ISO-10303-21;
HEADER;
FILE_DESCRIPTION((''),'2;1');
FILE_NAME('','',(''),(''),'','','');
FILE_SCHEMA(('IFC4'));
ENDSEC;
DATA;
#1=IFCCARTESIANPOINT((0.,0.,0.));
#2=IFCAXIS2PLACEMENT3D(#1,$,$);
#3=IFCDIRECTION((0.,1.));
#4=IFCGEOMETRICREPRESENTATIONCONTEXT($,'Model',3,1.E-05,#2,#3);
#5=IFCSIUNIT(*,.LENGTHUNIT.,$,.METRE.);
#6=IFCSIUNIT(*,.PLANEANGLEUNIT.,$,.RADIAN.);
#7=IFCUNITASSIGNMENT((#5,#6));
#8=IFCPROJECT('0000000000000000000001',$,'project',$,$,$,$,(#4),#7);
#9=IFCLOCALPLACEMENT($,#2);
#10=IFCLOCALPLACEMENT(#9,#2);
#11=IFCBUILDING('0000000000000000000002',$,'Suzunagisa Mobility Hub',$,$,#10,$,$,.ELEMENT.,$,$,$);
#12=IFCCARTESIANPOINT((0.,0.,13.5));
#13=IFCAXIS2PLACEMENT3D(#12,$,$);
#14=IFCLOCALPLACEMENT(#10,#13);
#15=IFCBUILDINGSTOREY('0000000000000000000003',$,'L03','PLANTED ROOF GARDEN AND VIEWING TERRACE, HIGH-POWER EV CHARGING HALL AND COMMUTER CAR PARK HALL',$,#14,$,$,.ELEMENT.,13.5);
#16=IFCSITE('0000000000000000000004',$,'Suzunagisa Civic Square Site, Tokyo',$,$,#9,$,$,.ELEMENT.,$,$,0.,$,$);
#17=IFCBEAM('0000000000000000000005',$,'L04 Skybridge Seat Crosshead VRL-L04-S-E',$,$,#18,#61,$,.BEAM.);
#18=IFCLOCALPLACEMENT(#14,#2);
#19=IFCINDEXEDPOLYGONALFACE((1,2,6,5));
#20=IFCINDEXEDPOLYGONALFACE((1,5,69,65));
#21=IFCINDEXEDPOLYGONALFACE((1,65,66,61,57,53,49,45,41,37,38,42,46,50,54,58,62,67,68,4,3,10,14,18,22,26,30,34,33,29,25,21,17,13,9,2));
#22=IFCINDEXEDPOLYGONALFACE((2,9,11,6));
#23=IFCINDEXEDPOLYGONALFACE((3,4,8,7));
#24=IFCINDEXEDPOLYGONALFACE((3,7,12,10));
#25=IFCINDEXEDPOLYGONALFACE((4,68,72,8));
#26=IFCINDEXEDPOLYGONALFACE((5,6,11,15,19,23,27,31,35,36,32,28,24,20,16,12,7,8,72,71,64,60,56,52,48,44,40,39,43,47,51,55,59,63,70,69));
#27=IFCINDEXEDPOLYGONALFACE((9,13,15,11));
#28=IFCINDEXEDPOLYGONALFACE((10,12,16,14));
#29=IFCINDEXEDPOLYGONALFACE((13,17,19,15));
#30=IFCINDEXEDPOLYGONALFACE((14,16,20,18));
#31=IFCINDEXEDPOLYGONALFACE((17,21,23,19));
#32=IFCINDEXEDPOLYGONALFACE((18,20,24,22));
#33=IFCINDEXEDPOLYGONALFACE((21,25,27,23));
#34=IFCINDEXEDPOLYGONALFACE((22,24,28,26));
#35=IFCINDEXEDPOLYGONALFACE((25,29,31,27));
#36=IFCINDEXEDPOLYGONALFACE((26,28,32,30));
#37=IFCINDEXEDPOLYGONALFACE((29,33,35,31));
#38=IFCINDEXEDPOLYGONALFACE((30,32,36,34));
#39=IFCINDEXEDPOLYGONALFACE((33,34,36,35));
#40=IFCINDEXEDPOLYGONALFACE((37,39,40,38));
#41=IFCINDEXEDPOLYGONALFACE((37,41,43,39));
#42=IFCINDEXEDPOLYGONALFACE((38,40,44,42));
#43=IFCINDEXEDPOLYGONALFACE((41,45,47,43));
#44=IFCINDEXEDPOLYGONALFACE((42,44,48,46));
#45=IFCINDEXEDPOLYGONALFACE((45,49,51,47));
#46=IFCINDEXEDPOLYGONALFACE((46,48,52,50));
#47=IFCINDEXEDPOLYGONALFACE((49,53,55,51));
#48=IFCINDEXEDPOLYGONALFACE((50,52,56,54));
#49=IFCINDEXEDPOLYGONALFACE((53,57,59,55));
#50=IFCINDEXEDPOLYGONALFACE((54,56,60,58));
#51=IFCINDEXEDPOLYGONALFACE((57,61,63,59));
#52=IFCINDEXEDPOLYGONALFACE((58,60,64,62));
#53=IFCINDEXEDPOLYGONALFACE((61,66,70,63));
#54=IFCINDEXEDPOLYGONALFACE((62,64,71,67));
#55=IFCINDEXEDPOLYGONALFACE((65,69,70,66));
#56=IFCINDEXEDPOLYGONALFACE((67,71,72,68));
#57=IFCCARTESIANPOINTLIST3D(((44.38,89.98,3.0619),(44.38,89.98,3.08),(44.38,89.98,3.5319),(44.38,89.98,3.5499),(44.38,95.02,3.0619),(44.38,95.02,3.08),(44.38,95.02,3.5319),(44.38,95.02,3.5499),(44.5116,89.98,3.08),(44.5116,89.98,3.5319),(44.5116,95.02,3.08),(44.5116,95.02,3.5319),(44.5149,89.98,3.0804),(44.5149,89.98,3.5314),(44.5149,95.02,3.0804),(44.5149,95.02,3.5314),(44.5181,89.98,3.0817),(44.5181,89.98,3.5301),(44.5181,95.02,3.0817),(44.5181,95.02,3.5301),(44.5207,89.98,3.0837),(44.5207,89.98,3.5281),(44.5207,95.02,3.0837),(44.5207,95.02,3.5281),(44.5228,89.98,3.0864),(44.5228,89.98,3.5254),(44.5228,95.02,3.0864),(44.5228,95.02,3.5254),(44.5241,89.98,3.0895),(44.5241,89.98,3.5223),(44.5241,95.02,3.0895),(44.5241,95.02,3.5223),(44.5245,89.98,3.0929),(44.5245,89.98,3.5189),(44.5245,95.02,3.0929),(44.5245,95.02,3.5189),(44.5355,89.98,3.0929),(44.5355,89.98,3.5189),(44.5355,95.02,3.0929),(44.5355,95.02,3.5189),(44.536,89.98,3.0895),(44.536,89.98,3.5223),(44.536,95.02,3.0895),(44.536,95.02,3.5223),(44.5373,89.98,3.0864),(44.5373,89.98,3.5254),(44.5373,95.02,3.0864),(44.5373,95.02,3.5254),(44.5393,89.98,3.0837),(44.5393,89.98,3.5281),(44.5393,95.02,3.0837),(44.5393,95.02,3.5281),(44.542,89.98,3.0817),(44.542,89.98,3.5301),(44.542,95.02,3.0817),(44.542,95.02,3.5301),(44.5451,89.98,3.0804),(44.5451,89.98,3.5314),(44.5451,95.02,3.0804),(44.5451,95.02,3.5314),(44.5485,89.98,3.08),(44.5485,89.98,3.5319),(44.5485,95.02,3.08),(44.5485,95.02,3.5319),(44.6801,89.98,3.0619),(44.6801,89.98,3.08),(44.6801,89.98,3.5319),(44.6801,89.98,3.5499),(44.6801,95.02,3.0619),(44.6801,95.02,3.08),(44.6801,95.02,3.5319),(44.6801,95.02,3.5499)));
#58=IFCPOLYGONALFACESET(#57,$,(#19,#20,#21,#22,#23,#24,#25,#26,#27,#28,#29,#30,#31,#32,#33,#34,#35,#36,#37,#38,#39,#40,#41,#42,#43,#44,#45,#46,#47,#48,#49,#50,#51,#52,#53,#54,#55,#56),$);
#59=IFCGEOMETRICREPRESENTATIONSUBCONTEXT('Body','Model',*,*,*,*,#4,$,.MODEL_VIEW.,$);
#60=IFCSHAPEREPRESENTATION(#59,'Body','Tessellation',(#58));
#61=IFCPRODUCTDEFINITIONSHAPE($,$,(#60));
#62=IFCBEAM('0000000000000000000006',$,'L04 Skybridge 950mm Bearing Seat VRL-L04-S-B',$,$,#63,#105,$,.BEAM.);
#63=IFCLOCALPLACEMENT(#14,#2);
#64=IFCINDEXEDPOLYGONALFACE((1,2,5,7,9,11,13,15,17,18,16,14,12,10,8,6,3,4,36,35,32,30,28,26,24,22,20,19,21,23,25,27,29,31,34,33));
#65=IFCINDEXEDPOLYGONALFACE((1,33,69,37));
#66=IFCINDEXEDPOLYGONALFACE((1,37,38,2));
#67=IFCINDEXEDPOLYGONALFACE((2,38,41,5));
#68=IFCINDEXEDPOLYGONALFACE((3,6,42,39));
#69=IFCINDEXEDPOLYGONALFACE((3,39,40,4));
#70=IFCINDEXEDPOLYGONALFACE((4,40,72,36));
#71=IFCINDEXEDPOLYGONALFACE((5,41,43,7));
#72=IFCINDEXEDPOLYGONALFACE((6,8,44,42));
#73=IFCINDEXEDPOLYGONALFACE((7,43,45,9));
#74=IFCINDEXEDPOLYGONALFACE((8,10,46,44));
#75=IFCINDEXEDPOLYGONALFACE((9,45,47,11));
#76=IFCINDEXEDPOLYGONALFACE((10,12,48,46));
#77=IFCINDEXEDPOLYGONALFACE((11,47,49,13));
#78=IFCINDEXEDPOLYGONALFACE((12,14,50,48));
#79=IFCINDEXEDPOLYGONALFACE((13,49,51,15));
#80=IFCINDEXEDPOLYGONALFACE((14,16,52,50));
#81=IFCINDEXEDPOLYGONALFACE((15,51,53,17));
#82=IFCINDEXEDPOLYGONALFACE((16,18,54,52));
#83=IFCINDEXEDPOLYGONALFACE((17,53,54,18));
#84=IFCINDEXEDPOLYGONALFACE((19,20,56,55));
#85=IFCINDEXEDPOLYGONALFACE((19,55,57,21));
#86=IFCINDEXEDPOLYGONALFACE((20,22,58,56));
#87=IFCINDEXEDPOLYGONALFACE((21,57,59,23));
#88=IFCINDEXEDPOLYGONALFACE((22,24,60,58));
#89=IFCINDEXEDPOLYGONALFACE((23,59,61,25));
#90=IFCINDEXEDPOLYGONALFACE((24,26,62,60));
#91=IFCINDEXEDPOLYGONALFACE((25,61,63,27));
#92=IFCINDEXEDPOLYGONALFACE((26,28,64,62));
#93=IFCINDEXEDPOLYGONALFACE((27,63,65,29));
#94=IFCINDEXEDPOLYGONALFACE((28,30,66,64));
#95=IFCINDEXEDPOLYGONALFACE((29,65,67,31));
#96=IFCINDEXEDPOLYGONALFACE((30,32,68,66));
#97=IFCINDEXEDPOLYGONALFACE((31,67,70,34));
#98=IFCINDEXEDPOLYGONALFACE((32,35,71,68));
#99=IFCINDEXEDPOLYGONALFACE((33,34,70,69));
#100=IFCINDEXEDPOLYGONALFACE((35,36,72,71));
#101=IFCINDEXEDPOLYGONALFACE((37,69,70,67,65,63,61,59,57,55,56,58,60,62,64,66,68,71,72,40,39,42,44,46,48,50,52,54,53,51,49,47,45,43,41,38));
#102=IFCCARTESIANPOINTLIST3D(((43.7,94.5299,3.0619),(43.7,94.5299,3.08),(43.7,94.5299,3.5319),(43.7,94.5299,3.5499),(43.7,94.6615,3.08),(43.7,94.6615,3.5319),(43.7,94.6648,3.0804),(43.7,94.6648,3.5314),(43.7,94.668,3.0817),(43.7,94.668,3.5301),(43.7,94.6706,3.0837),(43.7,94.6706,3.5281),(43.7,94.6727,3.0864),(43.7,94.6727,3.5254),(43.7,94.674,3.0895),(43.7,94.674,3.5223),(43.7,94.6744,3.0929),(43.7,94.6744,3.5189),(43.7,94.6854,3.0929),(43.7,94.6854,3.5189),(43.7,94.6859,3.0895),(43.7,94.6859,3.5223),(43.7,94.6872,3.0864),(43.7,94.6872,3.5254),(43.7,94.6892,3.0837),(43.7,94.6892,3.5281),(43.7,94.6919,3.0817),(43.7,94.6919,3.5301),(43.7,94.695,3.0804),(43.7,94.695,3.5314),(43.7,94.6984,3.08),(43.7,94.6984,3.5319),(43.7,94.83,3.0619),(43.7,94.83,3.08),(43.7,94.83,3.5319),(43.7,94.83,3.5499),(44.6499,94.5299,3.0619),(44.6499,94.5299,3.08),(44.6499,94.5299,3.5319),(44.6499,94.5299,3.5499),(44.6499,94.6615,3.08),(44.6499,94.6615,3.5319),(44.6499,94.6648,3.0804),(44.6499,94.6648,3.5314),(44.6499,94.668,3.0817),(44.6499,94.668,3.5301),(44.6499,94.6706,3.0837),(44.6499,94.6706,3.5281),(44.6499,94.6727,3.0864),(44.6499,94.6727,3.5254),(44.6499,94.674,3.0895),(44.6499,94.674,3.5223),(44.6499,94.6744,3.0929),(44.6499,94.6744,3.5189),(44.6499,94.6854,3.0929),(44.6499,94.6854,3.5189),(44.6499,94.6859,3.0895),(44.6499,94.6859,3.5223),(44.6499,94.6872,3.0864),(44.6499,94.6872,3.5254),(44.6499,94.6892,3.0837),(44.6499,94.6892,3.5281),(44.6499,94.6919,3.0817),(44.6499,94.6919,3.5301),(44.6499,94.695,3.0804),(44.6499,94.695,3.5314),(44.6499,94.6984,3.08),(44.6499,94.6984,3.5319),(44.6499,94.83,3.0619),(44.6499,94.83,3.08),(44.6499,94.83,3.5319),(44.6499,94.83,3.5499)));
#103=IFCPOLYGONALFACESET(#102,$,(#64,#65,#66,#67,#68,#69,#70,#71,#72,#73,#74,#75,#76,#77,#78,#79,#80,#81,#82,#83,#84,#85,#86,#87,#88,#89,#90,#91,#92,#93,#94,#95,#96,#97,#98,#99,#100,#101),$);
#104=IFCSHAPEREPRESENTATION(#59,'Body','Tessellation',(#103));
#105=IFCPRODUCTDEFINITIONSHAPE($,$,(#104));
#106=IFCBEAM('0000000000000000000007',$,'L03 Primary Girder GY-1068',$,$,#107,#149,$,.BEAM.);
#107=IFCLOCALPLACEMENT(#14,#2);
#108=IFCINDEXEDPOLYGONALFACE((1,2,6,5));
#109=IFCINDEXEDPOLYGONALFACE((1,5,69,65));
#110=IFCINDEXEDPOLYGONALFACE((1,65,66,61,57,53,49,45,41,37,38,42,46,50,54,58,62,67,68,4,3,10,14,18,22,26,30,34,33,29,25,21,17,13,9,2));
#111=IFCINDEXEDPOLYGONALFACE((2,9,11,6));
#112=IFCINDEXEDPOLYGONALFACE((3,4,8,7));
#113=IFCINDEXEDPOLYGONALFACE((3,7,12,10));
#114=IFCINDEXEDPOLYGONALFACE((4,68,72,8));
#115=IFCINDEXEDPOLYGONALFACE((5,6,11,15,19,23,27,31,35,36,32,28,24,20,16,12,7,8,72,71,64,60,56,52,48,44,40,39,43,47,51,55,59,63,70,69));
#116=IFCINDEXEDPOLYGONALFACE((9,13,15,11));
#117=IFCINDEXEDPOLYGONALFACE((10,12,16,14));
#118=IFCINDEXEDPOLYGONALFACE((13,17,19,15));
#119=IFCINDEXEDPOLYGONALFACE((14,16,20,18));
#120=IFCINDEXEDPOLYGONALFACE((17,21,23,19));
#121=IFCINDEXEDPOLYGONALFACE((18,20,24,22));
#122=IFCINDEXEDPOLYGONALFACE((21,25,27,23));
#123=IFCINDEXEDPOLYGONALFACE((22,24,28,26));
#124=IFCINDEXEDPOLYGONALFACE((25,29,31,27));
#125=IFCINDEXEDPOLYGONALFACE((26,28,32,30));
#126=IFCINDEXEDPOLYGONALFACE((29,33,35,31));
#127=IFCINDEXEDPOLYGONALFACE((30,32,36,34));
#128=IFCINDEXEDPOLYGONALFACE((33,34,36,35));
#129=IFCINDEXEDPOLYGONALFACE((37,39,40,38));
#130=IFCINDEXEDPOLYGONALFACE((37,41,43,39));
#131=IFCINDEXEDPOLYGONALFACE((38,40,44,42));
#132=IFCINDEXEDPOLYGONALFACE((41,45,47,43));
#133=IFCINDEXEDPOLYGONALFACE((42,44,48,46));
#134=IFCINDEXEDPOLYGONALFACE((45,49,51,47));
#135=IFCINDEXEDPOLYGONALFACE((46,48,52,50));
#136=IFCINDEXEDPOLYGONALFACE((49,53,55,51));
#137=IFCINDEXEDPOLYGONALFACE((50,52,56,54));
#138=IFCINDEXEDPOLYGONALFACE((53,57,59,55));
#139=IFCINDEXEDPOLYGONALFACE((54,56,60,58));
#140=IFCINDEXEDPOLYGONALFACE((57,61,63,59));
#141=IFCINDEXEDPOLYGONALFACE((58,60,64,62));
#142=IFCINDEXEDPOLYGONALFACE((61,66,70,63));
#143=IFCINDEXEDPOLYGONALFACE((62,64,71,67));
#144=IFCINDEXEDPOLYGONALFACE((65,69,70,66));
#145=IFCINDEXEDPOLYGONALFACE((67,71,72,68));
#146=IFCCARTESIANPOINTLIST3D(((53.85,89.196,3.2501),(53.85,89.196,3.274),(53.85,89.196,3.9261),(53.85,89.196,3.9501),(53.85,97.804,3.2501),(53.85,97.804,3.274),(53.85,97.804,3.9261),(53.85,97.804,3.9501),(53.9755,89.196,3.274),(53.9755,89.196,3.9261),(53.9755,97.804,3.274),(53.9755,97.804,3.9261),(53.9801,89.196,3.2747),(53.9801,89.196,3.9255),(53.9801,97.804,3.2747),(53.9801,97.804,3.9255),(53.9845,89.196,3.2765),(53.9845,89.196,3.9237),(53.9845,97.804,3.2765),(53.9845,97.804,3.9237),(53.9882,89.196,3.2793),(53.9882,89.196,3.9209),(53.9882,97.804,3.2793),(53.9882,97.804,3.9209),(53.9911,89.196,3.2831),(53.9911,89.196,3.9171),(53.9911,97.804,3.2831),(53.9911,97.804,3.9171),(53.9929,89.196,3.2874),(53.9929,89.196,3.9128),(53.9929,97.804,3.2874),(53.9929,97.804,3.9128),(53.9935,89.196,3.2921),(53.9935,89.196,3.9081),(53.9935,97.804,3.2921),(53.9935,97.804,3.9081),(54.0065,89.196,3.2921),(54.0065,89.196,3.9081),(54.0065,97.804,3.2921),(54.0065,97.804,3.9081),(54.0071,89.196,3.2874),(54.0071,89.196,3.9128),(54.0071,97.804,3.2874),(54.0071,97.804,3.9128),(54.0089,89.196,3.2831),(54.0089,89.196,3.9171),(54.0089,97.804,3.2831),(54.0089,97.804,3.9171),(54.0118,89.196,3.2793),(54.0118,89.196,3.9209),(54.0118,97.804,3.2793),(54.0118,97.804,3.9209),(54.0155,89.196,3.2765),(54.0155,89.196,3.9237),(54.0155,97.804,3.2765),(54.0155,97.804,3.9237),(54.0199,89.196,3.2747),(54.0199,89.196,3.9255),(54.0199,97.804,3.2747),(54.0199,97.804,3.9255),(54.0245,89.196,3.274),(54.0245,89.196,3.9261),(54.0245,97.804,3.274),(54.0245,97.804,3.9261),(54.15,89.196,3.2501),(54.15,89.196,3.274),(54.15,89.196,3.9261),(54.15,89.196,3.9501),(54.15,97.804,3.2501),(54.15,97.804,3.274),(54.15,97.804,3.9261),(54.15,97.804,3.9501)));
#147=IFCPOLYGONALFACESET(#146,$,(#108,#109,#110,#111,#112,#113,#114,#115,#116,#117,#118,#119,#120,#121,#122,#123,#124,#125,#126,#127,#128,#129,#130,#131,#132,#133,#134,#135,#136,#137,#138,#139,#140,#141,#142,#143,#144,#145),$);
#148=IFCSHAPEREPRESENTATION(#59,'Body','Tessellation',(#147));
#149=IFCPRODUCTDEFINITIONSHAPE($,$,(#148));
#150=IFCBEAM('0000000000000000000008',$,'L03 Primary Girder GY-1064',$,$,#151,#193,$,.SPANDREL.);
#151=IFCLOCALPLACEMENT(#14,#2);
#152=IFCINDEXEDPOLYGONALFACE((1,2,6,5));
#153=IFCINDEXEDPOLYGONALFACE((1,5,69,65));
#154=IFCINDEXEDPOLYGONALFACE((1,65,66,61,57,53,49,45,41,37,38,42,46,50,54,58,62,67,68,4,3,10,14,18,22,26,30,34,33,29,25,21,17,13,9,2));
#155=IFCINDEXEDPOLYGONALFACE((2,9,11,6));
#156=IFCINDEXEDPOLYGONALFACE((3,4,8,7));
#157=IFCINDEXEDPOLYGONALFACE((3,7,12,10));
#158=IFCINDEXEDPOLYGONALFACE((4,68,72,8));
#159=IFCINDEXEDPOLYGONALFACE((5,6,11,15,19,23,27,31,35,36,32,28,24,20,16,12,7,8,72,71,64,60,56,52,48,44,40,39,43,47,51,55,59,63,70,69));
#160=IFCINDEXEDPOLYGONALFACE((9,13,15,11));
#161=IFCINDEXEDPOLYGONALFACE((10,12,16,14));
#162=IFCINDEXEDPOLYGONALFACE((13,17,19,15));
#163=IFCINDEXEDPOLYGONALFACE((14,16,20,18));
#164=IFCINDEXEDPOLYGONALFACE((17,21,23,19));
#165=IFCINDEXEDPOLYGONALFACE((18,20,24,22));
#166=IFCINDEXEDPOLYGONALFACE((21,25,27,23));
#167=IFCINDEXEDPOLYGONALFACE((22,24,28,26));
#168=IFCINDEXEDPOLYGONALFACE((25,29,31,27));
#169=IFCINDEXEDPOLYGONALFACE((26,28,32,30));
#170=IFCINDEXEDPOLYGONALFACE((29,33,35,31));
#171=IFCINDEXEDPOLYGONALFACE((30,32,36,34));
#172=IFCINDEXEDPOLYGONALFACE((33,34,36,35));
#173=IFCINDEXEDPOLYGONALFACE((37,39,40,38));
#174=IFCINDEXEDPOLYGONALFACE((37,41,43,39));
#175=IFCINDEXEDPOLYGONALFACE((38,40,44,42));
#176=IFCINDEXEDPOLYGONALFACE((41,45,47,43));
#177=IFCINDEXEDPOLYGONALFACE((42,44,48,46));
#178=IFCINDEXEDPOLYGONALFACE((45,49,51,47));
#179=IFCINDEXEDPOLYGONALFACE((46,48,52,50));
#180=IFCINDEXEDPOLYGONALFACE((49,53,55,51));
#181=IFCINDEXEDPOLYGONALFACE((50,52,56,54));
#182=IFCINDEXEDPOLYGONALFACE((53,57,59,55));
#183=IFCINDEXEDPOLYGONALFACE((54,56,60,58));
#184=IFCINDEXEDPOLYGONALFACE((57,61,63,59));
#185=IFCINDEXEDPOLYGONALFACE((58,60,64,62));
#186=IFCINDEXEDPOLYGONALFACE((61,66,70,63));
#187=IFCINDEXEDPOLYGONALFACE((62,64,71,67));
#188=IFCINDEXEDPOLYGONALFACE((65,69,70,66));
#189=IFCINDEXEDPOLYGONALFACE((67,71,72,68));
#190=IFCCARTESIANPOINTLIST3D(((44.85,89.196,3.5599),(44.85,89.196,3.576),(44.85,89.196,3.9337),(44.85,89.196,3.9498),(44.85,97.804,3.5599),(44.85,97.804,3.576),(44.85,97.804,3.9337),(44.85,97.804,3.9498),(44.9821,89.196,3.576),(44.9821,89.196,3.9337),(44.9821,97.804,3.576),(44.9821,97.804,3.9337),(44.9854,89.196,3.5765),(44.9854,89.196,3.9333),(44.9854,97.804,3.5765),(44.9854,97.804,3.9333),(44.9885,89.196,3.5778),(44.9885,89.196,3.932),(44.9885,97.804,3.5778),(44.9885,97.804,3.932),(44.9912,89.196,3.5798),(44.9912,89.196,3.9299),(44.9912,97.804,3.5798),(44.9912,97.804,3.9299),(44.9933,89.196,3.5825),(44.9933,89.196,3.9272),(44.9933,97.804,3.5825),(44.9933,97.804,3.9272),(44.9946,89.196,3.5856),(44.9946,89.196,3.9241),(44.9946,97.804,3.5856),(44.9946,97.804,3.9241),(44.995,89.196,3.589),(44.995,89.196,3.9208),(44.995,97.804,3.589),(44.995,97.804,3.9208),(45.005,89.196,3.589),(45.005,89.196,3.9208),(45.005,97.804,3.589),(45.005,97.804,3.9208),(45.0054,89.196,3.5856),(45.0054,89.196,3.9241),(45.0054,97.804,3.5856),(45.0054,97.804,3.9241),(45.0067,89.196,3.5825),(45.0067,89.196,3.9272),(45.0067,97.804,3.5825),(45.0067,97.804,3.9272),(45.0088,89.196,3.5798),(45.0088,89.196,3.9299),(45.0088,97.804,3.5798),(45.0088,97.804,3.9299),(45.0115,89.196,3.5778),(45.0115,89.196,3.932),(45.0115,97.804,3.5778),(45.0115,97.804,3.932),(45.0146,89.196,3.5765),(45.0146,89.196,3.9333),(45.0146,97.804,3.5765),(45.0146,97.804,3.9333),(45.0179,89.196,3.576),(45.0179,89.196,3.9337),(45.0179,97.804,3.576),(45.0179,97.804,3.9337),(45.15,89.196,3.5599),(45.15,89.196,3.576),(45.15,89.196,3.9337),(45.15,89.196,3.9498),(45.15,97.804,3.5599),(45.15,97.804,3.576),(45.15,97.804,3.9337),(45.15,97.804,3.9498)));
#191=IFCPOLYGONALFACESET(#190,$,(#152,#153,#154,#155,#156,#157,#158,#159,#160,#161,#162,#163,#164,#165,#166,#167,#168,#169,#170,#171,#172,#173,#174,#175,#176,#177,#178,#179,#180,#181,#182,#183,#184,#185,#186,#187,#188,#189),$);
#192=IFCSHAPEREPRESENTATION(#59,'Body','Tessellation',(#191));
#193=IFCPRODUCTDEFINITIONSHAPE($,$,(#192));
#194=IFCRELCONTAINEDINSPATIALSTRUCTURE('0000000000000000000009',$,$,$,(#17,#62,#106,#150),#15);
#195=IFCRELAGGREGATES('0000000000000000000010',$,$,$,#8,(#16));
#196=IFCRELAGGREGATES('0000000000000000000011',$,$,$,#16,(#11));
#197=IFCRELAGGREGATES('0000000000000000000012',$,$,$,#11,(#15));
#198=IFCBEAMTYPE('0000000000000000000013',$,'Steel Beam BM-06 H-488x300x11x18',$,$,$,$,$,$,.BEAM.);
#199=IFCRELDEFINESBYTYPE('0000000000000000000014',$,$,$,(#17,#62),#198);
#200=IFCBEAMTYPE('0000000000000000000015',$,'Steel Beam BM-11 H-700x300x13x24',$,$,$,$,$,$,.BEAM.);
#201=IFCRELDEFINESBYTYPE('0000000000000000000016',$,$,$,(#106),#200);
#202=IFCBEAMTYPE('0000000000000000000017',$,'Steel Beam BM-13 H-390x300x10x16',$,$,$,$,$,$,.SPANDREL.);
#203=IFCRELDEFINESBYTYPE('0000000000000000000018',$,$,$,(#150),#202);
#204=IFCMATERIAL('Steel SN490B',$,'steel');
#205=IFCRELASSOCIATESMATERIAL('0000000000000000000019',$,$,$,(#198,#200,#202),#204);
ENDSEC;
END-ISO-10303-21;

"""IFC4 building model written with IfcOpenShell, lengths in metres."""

from ifc_helpers import new_model, si_unit, direction, frame, origin, origin_2d, place, context, subcontext, project, spatial, i_section, extrude, material, material_profile, profile_set, type_object, element, save


model = new_model("IFC4")

# Units and contexts
model_context = context("Model", 3, precision=1e-05, world=origin(), true_north=direction((0.0, 1.0)))
body_context = subcontext(model_context, "Body", "Model", "MODEL_VIEW")
ifc_project = project(units=[si_unit("LENGTHUNIT", "METRE"), si_unit("PLANEANGLEUNIT", "RADIAN")], contexts=[model_context])

# Site, building, storey
site_placement = place(None, origin())
site = spatial("IfcSite", under=ifc_project, at=site_placement, Name="Suzunagisa Civic Square Site, Tokyo", CompositionType="ELEMENT", RefElevation=0.0)
building_placement = place(site_placement, origin())
building = spatial("IfcBuilding", under=site, at=building_placement, Name="Suzunagisa Mobility Hub", CompositionType="ELEMENT")
storey_placement = place(building_placement, frame((0.0, 0.0, 13.5)))
storey = spatial("IfcBuildingStorey", under=building, at=storey_placement, Name="L03", Description="PLANTED ROOF GARDEN AND VIEWING TERRACE, HIGH-POWER EV CHARGING HALL AND COMMUTER CAR PARK HALL", CompositionType="ELEMENT", Elevation=13.5)

# Shared definitions
ifc_material_1 = material(Name="Steel SN490B", Category="steel")

# Beams
ifc_material_profile_1 = material_profile(ifc_material_1, i_section(OverallWidth=0.3, OverallDepth=0.488, WebThickness=0.011, FlangeThickness=0.0181, FilletRadius=0.0129, at=origin_2d()), Name="H-488x300x11x18")
ifc_profile_set_1 = profile_set([ifc_material_profile_1], Name="Steel SN490B")
beam_type_1 = type_object("IfcBeamType", Name="Steel Beam BM-06 H-488x300x11x18", PredefinedType="BEAM", material=ifc_profile_set_1)
beam_1_placement = place(storey_placement, frame((44.53, 89.98, 3.3059), z_axis=(0.0, 1.0, 0.0), x_axis=(-1.0, 0.0, 0.0)))
element("IfcBeam", 1, at=beam_1_placement, inside=storey, type_object=beam_type_1, Name="L04 Skybridge Seat Crosshead VRL-L04-S-E", PredefinedType="BEAM", context=body_context, shape_type="SweptSolid", body=[
    extrude(i_section(OverallWidth=0.3, OverallDepth=0.488, WebThickness=0.011, FlangeThickness=0.0181, FilletRadius=0.0129, at=origin_2d()), origin(), (0.0, 0.0, 1.0), 5.04),
])
beam_2_placement = place(storey_placement, frame((43.7, 94.6799, 3.3059), z_axis=(1.0, 0.0, 0.0), x_axis=(0.0, 1.0, 0.0)))
element("IfcBeam", 2, at=beam_2_placement, inside=storey, type_object=beam_type_1, Name="L04 Skybridge 950mm Bearing Seat VRL-L04-S-B", PredefinedType="BEAM", context=body_context, shape_type="SweptSolid", body=[
    extrude(i_section(OverallWidth=0.3, OverallDepth=0.488, WebThickness=0.011, FlangeThickness=0.0181, FilletRadius=0.0129, at=origin_2d()), origin(), (0.0, 0.0, 1.0), 0.95),
])
ifc_material_profile_2 = material_profile(ifc_material_1, i_section(OverallWidth=0.3, OverallDepth=0.7, WebThickness=0.0129, FlangeThickness=0.0239, FilletRadius=0.0181, at=origin_2d()), Name="H-700x300x13x24")
ifc_profile_set_2 = profile_set([ifc_material_profile_2], Name="Steel SN490B")
beam_type_2 = type_object("IfcBeamType", Name="Steel Beam BM-11 H-700x300x13x24", PredefinedType="BEAM", material=ifc_profile_set_2)
beam_3_placement = place(storey_placement, frame((54.0, 89.196, 3.6001), z_axis=(0.0, 1.0, 0.0), x_axis=(-1.0, 0.0, 0.0)))
element("IfcBeam", 3, at=beam_3_placement, inside=storey, type_object=beam_type_2, Name="L03 Primary Girder GY-1068", PredefinedType="BEAM", context=body_context, shape_type="SweptSolid", body=[
    extrude(i_section(OverallWidth=0.3, OverallDepth=0.7, WebThickness=0.0129, FlangeThickness=0.0239, FilletRadius=0.0181, at=origin_2d()), origin(), (0.0, 0.0, 1.0), 8.6079),
])
ifc_material_profile_3 = material_profile(ifc_material_1, i_section(OverallWidth=0.3, OverallDepth=0.3899, WebThickness=0.01, FlangeThickness=0.0161, FilletRadius=0.0129, at=origin_2d()), Name="H-390x300x10x16")
ifc_profile_set_3 = profile_set([ifc_material_profile_3], Name="Steel SN490B")
beam_type_3 = type_object("IfcBeamType", Name="Steel Beam BM-13 H-390x300x10x16", PredefinedType="SPANDREL", material=ifc_profile_set_3)
beam_4_placement = place(storey_placement, frame((45.0, 89.196, 3.7549), z_axis=(0.0, 1.0, 0.0), x_axis=(-1.0, 0.0, 0.0)))
element("IfcBeam", 4, at=beam_4_placement, inside=storey, type_object=beam_type_3, Name="L03 Primary Girder GY-1064", PredefinedType="SPANDREL", context=body_context, shape_type="SweptSolid", body=[
    extrude(i_section(OverallWidth=0.3, OverallDepth=0.3899, WebThickness=0.01, FlangeThickness=0.0161, FilletRadius=0.0129, at=origin_2d()), origin(), (0.0, 0.0, 1.0), 8.6079),
])

save(model, "model.ifc")
